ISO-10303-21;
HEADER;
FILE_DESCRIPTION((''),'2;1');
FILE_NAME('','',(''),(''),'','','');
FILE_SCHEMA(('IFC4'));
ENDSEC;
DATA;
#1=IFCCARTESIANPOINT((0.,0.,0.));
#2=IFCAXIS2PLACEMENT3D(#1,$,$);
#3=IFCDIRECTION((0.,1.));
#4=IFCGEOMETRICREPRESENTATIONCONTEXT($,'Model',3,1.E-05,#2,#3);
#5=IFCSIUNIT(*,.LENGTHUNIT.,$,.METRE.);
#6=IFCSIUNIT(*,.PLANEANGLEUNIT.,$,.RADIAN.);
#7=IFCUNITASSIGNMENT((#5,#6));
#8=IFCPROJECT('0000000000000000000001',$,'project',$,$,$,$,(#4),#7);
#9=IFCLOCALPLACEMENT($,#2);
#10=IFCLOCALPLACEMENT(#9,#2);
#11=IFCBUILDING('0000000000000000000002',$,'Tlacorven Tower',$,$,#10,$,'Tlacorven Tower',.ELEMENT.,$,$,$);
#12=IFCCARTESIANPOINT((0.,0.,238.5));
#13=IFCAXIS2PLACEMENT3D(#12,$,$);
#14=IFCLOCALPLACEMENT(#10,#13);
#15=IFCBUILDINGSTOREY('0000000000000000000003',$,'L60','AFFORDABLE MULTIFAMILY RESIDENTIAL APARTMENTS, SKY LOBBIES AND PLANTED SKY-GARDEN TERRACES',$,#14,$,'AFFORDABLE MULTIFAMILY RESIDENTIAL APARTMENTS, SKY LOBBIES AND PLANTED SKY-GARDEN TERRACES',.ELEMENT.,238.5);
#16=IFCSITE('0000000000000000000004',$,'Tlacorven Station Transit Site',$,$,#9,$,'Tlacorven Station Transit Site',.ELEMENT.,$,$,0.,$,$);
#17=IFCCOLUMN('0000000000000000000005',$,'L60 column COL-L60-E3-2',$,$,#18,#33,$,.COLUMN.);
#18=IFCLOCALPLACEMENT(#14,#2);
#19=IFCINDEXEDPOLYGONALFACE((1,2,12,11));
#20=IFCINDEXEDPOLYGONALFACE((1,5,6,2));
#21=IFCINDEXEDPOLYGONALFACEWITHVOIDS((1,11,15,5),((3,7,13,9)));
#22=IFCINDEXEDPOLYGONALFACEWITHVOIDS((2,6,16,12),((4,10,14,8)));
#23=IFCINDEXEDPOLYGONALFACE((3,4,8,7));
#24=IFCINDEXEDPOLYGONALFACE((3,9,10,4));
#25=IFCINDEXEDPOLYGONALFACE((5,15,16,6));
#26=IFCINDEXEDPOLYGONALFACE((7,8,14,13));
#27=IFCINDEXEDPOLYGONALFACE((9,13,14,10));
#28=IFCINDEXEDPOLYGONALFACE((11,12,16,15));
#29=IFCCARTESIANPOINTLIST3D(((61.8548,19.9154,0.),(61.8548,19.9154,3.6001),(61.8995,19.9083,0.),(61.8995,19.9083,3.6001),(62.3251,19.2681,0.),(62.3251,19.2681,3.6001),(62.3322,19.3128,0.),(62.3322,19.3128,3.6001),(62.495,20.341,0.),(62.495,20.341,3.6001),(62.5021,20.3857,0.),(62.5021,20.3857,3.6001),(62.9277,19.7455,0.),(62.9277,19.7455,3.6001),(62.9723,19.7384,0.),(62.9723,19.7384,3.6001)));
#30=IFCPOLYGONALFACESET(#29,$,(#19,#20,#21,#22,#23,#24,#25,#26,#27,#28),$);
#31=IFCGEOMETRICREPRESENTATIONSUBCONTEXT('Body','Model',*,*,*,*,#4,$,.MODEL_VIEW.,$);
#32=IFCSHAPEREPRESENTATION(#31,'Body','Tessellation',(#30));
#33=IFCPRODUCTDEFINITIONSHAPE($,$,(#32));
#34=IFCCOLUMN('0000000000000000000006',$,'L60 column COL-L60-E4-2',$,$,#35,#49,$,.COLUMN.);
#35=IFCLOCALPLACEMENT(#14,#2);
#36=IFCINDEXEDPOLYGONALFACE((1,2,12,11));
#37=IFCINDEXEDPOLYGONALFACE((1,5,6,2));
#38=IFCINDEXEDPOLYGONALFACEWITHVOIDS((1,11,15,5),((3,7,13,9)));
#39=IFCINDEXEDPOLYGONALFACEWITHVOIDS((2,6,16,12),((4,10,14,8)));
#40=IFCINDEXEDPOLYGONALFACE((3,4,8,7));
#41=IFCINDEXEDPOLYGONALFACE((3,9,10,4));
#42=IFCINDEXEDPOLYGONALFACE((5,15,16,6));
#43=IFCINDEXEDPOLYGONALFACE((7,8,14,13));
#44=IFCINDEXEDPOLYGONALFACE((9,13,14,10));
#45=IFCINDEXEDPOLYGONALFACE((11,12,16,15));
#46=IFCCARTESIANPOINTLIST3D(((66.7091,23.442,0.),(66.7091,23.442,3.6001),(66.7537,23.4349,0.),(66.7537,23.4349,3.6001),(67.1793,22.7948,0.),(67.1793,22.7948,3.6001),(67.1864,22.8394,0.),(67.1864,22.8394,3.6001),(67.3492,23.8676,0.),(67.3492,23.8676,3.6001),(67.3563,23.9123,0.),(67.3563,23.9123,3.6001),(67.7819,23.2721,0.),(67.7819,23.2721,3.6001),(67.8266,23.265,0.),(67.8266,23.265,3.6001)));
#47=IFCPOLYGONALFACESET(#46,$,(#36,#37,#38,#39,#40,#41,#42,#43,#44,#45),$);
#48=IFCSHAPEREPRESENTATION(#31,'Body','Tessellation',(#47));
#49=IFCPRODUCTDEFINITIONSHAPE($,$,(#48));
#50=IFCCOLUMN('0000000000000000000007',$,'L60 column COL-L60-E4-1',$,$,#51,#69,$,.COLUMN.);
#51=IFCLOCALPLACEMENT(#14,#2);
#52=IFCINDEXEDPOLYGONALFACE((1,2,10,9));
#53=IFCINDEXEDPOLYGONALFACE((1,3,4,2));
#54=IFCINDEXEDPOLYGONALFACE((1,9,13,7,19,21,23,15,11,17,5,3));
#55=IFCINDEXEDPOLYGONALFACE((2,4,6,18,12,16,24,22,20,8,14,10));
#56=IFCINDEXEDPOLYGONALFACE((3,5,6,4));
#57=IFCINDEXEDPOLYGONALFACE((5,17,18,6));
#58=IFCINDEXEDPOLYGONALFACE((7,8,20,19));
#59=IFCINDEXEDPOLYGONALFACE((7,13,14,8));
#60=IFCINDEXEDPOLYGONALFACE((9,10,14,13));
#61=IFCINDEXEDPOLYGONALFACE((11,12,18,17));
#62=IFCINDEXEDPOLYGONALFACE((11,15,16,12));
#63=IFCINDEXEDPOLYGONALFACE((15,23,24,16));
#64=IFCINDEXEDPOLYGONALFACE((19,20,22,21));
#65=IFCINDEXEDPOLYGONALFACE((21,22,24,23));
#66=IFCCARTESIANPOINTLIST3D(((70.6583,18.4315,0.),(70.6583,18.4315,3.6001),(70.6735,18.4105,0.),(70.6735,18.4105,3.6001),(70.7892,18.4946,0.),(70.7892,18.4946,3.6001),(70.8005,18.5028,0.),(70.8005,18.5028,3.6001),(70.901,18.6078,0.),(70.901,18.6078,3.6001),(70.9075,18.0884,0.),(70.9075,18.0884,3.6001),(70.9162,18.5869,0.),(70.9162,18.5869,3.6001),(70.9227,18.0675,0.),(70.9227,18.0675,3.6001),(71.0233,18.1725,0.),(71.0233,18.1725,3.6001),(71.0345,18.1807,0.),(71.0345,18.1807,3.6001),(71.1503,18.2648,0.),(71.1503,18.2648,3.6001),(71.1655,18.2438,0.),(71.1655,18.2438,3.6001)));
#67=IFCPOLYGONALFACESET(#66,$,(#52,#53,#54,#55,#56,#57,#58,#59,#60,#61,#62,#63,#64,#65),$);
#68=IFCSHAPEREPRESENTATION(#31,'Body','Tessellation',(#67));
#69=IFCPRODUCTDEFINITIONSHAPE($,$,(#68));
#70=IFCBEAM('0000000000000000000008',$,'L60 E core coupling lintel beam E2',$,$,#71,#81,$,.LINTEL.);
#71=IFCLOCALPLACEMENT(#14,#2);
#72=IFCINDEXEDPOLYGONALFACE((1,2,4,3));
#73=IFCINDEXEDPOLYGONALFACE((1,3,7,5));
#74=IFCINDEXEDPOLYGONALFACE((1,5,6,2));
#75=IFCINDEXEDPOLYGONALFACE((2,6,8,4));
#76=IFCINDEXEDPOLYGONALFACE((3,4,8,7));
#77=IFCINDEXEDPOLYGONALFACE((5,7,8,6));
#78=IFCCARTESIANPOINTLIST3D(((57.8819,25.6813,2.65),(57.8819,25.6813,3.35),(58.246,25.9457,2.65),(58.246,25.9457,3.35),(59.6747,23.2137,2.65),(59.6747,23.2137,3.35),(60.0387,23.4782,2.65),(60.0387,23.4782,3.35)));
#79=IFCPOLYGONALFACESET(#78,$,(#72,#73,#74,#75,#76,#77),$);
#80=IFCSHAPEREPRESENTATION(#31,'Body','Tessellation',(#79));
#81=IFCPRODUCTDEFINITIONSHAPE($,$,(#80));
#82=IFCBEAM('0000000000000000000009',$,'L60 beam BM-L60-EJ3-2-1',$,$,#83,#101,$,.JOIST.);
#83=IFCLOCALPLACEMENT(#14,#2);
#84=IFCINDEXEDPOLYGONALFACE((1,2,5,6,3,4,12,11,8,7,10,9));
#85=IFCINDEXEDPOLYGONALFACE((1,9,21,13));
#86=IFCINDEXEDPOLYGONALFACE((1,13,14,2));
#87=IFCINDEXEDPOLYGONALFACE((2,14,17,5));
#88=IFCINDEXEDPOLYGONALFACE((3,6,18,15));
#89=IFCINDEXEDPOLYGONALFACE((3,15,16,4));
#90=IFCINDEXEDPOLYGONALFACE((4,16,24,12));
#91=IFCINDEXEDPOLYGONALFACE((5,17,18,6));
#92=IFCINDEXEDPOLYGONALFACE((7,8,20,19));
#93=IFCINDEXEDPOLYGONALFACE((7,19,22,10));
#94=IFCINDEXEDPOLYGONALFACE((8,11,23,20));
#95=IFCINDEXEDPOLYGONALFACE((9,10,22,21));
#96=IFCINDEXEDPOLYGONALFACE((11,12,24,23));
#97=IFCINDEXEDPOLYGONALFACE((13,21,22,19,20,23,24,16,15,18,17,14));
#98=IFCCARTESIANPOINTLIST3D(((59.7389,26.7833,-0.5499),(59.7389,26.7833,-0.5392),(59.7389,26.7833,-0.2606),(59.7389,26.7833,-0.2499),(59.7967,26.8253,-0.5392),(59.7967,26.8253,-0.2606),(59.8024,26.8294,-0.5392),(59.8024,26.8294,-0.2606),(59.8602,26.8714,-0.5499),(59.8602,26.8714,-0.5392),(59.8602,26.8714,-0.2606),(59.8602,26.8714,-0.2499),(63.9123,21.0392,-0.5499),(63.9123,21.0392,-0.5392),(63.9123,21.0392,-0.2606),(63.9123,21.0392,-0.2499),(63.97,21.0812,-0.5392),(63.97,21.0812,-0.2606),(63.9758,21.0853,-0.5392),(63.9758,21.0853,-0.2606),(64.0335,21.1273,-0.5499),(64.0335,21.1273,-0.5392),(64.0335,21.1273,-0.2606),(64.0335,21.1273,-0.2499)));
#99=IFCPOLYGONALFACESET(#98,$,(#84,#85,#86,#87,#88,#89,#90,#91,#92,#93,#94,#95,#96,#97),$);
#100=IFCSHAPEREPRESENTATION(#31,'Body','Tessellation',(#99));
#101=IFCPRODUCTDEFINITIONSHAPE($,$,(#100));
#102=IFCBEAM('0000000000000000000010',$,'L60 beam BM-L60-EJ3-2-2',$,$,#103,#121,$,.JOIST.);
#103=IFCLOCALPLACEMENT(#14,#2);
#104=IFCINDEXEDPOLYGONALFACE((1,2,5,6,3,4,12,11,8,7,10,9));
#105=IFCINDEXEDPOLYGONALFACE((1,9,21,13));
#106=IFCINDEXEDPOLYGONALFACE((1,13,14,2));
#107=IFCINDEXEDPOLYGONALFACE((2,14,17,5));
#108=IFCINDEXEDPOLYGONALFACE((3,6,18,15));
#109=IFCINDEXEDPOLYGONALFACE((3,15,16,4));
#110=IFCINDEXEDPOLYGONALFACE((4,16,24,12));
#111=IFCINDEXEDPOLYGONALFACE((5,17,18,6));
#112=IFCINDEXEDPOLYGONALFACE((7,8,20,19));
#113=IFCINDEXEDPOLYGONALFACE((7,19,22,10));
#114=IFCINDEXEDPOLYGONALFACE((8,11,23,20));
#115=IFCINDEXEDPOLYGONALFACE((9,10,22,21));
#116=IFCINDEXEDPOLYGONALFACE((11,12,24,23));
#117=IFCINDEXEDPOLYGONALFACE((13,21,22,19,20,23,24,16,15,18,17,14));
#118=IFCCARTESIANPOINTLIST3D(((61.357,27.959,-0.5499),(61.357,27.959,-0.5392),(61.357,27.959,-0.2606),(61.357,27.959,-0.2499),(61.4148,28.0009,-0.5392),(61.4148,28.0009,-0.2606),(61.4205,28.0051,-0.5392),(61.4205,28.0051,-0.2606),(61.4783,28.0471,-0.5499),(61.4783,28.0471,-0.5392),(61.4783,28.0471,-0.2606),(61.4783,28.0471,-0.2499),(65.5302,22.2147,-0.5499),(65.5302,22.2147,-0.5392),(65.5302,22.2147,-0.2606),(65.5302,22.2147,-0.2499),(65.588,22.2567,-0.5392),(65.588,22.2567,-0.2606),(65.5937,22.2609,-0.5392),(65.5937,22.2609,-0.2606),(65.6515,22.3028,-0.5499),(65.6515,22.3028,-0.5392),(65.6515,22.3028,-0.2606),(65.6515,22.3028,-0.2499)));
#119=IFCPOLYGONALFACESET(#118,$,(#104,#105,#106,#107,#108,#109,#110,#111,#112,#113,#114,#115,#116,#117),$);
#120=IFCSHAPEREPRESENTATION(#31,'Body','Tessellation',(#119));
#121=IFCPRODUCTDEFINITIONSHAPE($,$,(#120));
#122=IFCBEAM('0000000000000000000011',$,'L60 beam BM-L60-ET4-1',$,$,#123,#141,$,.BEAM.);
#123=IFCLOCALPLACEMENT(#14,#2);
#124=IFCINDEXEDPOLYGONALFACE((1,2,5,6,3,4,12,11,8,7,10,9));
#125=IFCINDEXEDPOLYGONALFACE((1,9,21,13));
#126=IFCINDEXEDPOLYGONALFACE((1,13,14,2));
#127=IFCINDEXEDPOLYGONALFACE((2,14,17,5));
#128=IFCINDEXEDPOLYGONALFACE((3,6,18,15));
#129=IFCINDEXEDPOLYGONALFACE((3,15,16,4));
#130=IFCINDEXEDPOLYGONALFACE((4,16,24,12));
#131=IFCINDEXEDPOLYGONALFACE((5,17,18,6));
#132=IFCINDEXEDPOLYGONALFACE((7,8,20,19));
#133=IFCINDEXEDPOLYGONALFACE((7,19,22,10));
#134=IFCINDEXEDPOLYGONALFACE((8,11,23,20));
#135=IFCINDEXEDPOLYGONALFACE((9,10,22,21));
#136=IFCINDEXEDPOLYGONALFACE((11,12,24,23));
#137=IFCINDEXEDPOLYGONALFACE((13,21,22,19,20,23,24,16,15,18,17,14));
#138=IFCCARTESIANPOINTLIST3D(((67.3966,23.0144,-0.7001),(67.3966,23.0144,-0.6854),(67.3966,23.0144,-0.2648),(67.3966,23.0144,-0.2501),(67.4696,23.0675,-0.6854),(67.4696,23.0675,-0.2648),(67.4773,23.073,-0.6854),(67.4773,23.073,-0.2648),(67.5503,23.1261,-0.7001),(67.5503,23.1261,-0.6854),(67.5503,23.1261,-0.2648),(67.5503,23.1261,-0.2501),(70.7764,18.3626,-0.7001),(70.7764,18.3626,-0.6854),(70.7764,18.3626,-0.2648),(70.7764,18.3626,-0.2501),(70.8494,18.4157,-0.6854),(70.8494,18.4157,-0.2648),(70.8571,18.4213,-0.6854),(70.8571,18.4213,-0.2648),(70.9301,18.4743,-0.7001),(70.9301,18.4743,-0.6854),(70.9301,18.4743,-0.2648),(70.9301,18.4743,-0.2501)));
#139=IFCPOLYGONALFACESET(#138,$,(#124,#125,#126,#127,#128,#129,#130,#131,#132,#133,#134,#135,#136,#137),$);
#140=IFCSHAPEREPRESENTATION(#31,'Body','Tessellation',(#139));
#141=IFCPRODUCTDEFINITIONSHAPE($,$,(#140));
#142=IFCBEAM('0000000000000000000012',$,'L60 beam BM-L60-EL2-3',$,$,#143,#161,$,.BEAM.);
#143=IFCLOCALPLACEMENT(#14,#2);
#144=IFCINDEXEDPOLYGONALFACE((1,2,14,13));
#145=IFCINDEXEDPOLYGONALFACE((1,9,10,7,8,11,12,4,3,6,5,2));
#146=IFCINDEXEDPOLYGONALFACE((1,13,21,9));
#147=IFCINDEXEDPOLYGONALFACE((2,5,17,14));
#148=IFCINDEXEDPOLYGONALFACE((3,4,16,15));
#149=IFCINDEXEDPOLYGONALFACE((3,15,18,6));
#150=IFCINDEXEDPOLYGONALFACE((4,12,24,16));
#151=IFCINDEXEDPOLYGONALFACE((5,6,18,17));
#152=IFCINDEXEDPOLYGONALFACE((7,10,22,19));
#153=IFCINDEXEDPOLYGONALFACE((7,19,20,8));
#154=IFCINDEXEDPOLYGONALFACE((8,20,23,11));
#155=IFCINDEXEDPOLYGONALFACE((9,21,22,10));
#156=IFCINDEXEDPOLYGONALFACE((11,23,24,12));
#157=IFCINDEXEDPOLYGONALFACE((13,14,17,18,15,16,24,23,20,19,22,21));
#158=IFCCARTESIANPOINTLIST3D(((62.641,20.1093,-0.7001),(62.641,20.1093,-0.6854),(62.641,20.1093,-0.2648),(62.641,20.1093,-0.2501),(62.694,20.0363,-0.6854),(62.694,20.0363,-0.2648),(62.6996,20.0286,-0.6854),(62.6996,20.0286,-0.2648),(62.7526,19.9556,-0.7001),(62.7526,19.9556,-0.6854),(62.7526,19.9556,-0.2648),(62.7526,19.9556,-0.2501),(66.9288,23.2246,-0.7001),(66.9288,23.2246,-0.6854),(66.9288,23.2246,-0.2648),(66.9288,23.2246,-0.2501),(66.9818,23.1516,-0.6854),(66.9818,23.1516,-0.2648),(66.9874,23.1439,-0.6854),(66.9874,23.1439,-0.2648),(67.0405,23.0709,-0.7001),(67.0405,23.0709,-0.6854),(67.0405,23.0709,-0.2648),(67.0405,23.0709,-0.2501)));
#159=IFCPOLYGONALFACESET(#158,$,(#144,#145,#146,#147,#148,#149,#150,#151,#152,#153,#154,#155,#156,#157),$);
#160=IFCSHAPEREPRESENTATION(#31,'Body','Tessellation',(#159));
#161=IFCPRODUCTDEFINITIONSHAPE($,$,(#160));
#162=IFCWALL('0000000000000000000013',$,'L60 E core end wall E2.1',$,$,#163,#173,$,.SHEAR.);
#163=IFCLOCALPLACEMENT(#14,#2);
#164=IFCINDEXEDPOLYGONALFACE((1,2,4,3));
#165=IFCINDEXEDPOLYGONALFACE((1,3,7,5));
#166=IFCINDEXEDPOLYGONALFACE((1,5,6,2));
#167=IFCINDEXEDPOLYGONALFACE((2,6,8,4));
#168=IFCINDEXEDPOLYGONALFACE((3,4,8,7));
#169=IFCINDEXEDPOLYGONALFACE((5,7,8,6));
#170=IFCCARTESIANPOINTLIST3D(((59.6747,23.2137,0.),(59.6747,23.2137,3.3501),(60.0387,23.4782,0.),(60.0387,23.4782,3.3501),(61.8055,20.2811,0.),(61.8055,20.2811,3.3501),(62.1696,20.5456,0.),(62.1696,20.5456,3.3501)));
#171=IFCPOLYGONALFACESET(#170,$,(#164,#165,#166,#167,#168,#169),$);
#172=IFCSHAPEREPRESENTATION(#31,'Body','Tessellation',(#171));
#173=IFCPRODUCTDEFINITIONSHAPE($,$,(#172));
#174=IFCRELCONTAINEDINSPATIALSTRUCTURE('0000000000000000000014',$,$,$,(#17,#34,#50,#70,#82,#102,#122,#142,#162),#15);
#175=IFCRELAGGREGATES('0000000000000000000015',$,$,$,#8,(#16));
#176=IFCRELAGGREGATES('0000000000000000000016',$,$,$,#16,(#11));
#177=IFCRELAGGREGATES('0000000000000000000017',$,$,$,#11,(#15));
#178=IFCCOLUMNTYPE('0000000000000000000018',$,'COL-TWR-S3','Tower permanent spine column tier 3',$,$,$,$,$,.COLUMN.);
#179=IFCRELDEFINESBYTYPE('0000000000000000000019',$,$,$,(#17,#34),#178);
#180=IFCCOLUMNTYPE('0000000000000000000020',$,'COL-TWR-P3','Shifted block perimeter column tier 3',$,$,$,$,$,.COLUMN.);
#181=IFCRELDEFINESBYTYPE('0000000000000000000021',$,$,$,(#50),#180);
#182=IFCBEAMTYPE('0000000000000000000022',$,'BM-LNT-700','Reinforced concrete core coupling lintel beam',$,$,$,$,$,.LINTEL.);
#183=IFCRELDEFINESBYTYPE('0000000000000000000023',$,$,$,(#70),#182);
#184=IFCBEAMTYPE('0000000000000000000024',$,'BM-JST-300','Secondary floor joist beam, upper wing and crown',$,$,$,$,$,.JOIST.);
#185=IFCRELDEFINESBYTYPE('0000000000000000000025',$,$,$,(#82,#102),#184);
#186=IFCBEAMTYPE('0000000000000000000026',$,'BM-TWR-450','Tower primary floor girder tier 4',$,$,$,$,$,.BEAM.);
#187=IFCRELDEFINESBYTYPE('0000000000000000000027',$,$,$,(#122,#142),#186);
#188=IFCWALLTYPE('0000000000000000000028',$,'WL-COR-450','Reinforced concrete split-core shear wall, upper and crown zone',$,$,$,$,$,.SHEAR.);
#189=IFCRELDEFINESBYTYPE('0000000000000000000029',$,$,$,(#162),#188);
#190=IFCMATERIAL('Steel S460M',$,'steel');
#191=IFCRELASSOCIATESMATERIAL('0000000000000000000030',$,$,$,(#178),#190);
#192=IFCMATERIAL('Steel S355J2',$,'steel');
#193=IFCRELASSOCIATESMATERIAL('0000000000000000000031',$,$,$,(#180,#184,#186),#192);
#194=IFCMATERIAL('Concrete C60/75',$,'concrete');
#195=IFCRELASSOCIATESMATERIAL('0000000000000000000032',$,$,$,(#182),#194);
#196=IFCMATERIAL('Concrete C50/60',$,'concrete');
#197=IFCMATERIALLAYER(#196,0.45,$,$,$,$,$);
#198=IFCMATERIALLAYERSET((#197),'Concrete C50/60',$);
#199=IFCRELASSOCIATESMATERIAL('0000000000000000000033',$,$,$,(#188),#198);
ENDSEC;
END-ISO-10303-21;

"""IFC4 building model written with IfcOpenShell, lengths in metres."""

from ifc_helpers import new_model, si_unit, direction, frame, frame_2d, origin, origin_2d, place, context, subcontext, project, spatial, rectangle, hollow_rectangle, i_section, extrude, source, transform, mapped, material, layer, layer_set, material_profile, profile_set, type_object, element, save


model = new_model("IFC4")

# Units and contexts
model_context = context("Model", 3, precision=1e-05, world=origin(), true_north=direction((0.0, 1.0)))
body_context = subcontext(model_context, "Body", "Model", "MODEL_VIEW")
ifc_project = project(units=[si_unit("LENGTHUNIT", "METRE"), si_unit("PLANEANGLEUNIT", "RADIAN")], contexts=[model_context])

# Site, building, storey
site_placement = place(None, origin())
site = spatial("IfcSite", under=ifc_project, at=site_placement, Name="Tlacorven Station Transit Site", LongName="Tlacorven Station Transit Site", CompositionType="ELEMENT", RefElevation=0.0)
building_placement = place(site_placement, origin())
building = spatial("IfcBuilding", under=site, at=building_placement, Name="Tlacorven Tower", LongName="Tlacorven Tower", CompositionType="ELEMENT")
storey_placement = place(building_placement, frame((0.0, 0.0, 238.5)))
storey = spatial("IfcBuildingStorey", under=building, at=storey_placement, Name="L60", Description="AFFORDABLE MULTIFAMILY RESIDENTIAL APARTMENTS, SKY LOBBIES AND PLANTED SKY-GARDEN TERRACES", LongName="AFFORDABLE MULTIFAMILY RESIDENTIAL APARTMENTS, SKY LOBBIES AND PLANTED SKY-GARDEN TERRACES", CompositionType="ELEMENT", Elevation=238.5)

# Columns
ifc_material_1 = material(Name="Steel S460M", Category="steel")
ifc_material_profile_1 = material_profile(ifc_material_1, hollow_rectangle(XDim=0.8, YDim=0.8, WallThickness=0.032, at=origin_2d()), Name="BOX 800X800X32")
ifc_profile_set_1 = profile_set([ifc_material_profile_1], Name="Steel S460M")
column_type_1 = type_object("IfcColumnType", Name="COL-TWR-S3", Description="Tower permanent spine column tier 3", PredefinedType="COLUMN", material=ifc_profile_set_1)
shared_shape_1 = source(origin(), body_context, "Body", "SweptSolid", [
    extrude(hollow_rectangle(XDim=0.8, YDim=0.8, WallThickness=0.032, at=origin_2d()), origin(), (0.0, 0.0, 1.0), 3.6001),
])
for number, where, z_axis, x_axis, name in (
    (1, (62.4136, 19.8269, 0.0), (0.0, 0.0, 1.0), (0.809017, 0.587785, 0.0), "L60 column COL-L60-E3-2"),
    (2, (67.2678, 23.3535, 0.0), (0.0, 0.0, 1.0), (0.809017, 0.587785, 0.0), "L60 column COL-L60-E4-2"),
):
    element("IfcColumn", number, at=place(storey_placement, frame(where, z_axis=z_axis, x_axis=x_axis)), inside=storey, type_object=column_type_1, Name=name, PredefinedType="COLUMN", context=body_context, shape_type="MappedRepresentation", body=[
        mapped(shared_shape_1, transform((0.0, 0.0, 0.0), scale=1.0)),
    ])
ifc_material_2 = material(Name="Steel S355J2", Category="steel")
ifc_material_profile_2 = material_profile(ifc_material_2, i_section(OverallWidth=0.3, OverallDepth=0.45, WebThickness=0.0139, FlangeThickness=0.0259, at=origin_2d()), Name="HEB 450")
ifc_profile_set_2 = profile_set([ifc_material_profile_2], Name="Steel S355J2")
column_type_2 = type_object("IfcColumnType", Name="COL-TWR-P3", Description="Shifted block perimeter column tier 3", PredefinedType="COLUMN", material=ifc_profile_set_2)
shared_shape_2 = source(origin(), body_context, "Body", "SweptSolid", [
    extrude(i_section(OverallWidth=0.3, OverallDepth=0.45, WebThickness=0.0139, FlangeThickness=0.0259, at=origin_2d()), origin(), (0.0, 0.0, 1.0), 3.6001),
])
column_placement = place(storey_placement, frame((70.9119, 18.3376, 0.0), z_axis=(0.0, 0.0, 1.0), x_axis=(0.809017, 0.587785, 0.0)))
element("IfcColumn", 3, at=column_placement, inside=storey, type_object=column_type_2, Name="L60 column COL-L60-E4-1", PredefinedType="COLUMN", context=body_context, shape_type="MappedRepresentation", body=[
    mapped(shared_shape_2, transform((0.0, 0.0, 0.0), scale=1.0)),
])

# Beams
ifc_material_3 = material(Name="Concrete C60/75", Category="concrete")
ifc_material_profile_3 = material_profile(ifc_material_3, rectangle(XDim=0.45, YDim=0.7, at=origin_2d()), Name="RC 450X700")
ifc_profile_set_3 = profile_set([ifc_material_profile_3], Name="Concrete C60/75")
beam_type_1 = type_object("IfcBeamType", Name="BM-LNT-700", Description="Reinforced concrete core coupling lintel beam", PredefinedType="LINTEL", material=ifc_profile_set_3)
shared_shape_3 = source(origin(), body_context, "Body", "SweptSolid", [
    extrude(rectangle(XDim=0.45, YDim=0.7, at=origin_2d()), origin(), (0.0, 0.0, 1.0), 3.05),
])
beam_1_placement = place(storey_placement, frame((59.8567, 23.3459, 3.0), z_axis=(-0.587777, 0.809023, 0.0), x_axis=(-0.809023, -0.587777, 0.0)))
element("IfcBeam", 4, at=beam_1_placement, inside=storey, type_object=beam_type_1, Name="L60 E core coupling lintel beam E2", PredefinedType="LINTEL", context=body_context, shape_type="MappedRepresentation", body=[
    mapped(shared_shape_3, transform((0.0, 0.0, 0.0), scale=1.0)),
])
ifc_material_profile_4 = material_profile(ifc_material_2, i_section(OverallWidth=0.1499, OverallDepth=0.3, WebThickness=0.0071, FlangeThickness=0.0107, at=origin_2d()), Name="IPE 300")
ifc_profile_set_4 = profile_set([ifc_material_profile_4], Name="Steel S355J2")
beam_type_2 = type_object("IfcBeamType", Name="BM-JST-300", Description="Secondary floor joist beam, upper wing and crown", PredefinedType="JOIST", material=ifc_profile_set_4)
shared_shape_4 = source(origin(), body_context, "Body", "SweptSolid", [
    extrude(i_section(OverallWidth=0.1499, OverallDepth=0.3, WebThickness=0.0071, FlangeThickness=0.0107, at=origin_2d()), origin(), (0.0, 0.0, 1.0), 7.1001),
])
for number, where, z_axis, x_axis, name in (
    (5, (63.9729, 21.0833, -0.3999), (-0.587783, 0.809019, 0.0), (-0.809019, -0.587783, 0.0), "L60 beam BM-L60-EJ3-2-1"),
    (6, (65.5908, 22.2588, -0.3999), (-0.587761, 0.809035, 0.0), (-0.809035, -0.587761, 0.0), "L60 beam BM-L60-EJ3-2-2"),
):
    element("IfcBeam", number, at=place(storey_placement, frame(where, z_axis=z_axis, x_axis=x_axis)), inside=storey, type_object=beam_type_2, Name=name, PredefinedType="JOIST", context=body_context, shape_type="MappedRepresentation", body=[
        mapped(shared_shape_4, transform((0.0, 0.0, 0.0), scale=1.0)),
    ])
ifc_material_profile_5 = material_profile(ifc_material_2, i_section(OverallWidth=0.1899, OverallDepth=0.45, WebThickness=0.0095, FlangeThickness=0.0146, at=origin_2d()), Name="IPE 450")
ifc_profile_set_5 = profile_set([ifc_material_profile_5], Name="Steel S355J2")
beam_type_3 = type_object("IfcBeamType", Name="BM-TWR-450", Description="Tower primary floor girder tier 4", PredefinedType="BEAM", material=ifc_profile_set_5)
shared_shape_5 = source(origin(), body_context, "Body", "SweptSolid", [
    extrude(i_section(OverallWidth=0.1899, OverallDepth=0.45, WebThickness=0.0095, FlangeThickness=0.0146, at=origin_2d()), origin(), (0.0, 0.0, 1.0), 5.75),
])
beam_2_placement = place(storey_placement, frame((70.8533, 18.4185, -0.4751), z_axis=(-0.587798, 0.809008, 0.0), x_axis=(-0.809008, -0.587798, 0.0)))
element("IfcBeam", 7, at=beam_2_placement, inside=storey, type_object=beam_type_3, Name="L60 beam BM-L60-ET4-1", PredefinedType="BEAM", context=body_context, shape_type="MappedRepresentation", body=[
    mapped(shared_shape_5, transform((0.0, 0.0, 0.0), scale=1.0)),
])
shared_shape_6 = source(origin(), body_context, "Body", "SweptSolid", [
    extrude(i_section(OverallWidth=0.1899, OverallDepth=0.45, WebThickness=0.0095, FlangeThickness=0.0146, at=origin_2d()), origin(), (0.0, 0.0, 1.0), 5.3),
])
beam_3_placement = place(storey_placement, frame((62.6968, 20.0325, -0.4751), z_axis=(0.809023, 0.587777, 0.0), x_axis=(-0.587777, 0.809023, 0.0)))
element("IfcBeam", 8, at=beam_3_placement, inside=storey, type_object=beam_type_3, Name="L60 beam BM-L60-EL2-3", PredefinedType="BEAM", context=body_context, shape_type="MappedRepresentation", body=[
    mapped(shared_shape_6, transform((0.0, 0.0, 0.0), scale=1.0)),
])

# Wall
ifc_material_4 = material(Name="Concrete C50/60", Category="concrete")
ifc_layer_1 = layer(ifc_material_4, 0.45)
ifc_layer_set_1 = layer_set([ifc_layer_1], Name="Concrete C50/60")
wall_type_1 = type_object("IfcWallType", Name="WL-COR-450", Description="Reinforced concrete split-core shear wall, upper and crown zone", PredefinedType="SHEAR", material=ifc_layer_set_1)
wall_1_placement = place(storey_placement, frame((61.9875, 20.4133, 0.0), z_axis=(0.0, 0.0, 1.0), x_axis=(-0.587819, 0.808992, 0.0)))
element("IfcWall", 9, at=wall_1_placement, inside=storey, type_object=wall_type_1, Name="L60 E core end wall E2.1", PredefinedType="SHEAR", context=body_context, shape_type="SweptSolid", body=[
    extrude(rectangle(XDim=3.625, YDim=0.45, at=frame_2d((1.8125, 0.0))), origin(), (0.0, 0.0, 1.0), 3.3501),
])

save(model, "model.ifc")
